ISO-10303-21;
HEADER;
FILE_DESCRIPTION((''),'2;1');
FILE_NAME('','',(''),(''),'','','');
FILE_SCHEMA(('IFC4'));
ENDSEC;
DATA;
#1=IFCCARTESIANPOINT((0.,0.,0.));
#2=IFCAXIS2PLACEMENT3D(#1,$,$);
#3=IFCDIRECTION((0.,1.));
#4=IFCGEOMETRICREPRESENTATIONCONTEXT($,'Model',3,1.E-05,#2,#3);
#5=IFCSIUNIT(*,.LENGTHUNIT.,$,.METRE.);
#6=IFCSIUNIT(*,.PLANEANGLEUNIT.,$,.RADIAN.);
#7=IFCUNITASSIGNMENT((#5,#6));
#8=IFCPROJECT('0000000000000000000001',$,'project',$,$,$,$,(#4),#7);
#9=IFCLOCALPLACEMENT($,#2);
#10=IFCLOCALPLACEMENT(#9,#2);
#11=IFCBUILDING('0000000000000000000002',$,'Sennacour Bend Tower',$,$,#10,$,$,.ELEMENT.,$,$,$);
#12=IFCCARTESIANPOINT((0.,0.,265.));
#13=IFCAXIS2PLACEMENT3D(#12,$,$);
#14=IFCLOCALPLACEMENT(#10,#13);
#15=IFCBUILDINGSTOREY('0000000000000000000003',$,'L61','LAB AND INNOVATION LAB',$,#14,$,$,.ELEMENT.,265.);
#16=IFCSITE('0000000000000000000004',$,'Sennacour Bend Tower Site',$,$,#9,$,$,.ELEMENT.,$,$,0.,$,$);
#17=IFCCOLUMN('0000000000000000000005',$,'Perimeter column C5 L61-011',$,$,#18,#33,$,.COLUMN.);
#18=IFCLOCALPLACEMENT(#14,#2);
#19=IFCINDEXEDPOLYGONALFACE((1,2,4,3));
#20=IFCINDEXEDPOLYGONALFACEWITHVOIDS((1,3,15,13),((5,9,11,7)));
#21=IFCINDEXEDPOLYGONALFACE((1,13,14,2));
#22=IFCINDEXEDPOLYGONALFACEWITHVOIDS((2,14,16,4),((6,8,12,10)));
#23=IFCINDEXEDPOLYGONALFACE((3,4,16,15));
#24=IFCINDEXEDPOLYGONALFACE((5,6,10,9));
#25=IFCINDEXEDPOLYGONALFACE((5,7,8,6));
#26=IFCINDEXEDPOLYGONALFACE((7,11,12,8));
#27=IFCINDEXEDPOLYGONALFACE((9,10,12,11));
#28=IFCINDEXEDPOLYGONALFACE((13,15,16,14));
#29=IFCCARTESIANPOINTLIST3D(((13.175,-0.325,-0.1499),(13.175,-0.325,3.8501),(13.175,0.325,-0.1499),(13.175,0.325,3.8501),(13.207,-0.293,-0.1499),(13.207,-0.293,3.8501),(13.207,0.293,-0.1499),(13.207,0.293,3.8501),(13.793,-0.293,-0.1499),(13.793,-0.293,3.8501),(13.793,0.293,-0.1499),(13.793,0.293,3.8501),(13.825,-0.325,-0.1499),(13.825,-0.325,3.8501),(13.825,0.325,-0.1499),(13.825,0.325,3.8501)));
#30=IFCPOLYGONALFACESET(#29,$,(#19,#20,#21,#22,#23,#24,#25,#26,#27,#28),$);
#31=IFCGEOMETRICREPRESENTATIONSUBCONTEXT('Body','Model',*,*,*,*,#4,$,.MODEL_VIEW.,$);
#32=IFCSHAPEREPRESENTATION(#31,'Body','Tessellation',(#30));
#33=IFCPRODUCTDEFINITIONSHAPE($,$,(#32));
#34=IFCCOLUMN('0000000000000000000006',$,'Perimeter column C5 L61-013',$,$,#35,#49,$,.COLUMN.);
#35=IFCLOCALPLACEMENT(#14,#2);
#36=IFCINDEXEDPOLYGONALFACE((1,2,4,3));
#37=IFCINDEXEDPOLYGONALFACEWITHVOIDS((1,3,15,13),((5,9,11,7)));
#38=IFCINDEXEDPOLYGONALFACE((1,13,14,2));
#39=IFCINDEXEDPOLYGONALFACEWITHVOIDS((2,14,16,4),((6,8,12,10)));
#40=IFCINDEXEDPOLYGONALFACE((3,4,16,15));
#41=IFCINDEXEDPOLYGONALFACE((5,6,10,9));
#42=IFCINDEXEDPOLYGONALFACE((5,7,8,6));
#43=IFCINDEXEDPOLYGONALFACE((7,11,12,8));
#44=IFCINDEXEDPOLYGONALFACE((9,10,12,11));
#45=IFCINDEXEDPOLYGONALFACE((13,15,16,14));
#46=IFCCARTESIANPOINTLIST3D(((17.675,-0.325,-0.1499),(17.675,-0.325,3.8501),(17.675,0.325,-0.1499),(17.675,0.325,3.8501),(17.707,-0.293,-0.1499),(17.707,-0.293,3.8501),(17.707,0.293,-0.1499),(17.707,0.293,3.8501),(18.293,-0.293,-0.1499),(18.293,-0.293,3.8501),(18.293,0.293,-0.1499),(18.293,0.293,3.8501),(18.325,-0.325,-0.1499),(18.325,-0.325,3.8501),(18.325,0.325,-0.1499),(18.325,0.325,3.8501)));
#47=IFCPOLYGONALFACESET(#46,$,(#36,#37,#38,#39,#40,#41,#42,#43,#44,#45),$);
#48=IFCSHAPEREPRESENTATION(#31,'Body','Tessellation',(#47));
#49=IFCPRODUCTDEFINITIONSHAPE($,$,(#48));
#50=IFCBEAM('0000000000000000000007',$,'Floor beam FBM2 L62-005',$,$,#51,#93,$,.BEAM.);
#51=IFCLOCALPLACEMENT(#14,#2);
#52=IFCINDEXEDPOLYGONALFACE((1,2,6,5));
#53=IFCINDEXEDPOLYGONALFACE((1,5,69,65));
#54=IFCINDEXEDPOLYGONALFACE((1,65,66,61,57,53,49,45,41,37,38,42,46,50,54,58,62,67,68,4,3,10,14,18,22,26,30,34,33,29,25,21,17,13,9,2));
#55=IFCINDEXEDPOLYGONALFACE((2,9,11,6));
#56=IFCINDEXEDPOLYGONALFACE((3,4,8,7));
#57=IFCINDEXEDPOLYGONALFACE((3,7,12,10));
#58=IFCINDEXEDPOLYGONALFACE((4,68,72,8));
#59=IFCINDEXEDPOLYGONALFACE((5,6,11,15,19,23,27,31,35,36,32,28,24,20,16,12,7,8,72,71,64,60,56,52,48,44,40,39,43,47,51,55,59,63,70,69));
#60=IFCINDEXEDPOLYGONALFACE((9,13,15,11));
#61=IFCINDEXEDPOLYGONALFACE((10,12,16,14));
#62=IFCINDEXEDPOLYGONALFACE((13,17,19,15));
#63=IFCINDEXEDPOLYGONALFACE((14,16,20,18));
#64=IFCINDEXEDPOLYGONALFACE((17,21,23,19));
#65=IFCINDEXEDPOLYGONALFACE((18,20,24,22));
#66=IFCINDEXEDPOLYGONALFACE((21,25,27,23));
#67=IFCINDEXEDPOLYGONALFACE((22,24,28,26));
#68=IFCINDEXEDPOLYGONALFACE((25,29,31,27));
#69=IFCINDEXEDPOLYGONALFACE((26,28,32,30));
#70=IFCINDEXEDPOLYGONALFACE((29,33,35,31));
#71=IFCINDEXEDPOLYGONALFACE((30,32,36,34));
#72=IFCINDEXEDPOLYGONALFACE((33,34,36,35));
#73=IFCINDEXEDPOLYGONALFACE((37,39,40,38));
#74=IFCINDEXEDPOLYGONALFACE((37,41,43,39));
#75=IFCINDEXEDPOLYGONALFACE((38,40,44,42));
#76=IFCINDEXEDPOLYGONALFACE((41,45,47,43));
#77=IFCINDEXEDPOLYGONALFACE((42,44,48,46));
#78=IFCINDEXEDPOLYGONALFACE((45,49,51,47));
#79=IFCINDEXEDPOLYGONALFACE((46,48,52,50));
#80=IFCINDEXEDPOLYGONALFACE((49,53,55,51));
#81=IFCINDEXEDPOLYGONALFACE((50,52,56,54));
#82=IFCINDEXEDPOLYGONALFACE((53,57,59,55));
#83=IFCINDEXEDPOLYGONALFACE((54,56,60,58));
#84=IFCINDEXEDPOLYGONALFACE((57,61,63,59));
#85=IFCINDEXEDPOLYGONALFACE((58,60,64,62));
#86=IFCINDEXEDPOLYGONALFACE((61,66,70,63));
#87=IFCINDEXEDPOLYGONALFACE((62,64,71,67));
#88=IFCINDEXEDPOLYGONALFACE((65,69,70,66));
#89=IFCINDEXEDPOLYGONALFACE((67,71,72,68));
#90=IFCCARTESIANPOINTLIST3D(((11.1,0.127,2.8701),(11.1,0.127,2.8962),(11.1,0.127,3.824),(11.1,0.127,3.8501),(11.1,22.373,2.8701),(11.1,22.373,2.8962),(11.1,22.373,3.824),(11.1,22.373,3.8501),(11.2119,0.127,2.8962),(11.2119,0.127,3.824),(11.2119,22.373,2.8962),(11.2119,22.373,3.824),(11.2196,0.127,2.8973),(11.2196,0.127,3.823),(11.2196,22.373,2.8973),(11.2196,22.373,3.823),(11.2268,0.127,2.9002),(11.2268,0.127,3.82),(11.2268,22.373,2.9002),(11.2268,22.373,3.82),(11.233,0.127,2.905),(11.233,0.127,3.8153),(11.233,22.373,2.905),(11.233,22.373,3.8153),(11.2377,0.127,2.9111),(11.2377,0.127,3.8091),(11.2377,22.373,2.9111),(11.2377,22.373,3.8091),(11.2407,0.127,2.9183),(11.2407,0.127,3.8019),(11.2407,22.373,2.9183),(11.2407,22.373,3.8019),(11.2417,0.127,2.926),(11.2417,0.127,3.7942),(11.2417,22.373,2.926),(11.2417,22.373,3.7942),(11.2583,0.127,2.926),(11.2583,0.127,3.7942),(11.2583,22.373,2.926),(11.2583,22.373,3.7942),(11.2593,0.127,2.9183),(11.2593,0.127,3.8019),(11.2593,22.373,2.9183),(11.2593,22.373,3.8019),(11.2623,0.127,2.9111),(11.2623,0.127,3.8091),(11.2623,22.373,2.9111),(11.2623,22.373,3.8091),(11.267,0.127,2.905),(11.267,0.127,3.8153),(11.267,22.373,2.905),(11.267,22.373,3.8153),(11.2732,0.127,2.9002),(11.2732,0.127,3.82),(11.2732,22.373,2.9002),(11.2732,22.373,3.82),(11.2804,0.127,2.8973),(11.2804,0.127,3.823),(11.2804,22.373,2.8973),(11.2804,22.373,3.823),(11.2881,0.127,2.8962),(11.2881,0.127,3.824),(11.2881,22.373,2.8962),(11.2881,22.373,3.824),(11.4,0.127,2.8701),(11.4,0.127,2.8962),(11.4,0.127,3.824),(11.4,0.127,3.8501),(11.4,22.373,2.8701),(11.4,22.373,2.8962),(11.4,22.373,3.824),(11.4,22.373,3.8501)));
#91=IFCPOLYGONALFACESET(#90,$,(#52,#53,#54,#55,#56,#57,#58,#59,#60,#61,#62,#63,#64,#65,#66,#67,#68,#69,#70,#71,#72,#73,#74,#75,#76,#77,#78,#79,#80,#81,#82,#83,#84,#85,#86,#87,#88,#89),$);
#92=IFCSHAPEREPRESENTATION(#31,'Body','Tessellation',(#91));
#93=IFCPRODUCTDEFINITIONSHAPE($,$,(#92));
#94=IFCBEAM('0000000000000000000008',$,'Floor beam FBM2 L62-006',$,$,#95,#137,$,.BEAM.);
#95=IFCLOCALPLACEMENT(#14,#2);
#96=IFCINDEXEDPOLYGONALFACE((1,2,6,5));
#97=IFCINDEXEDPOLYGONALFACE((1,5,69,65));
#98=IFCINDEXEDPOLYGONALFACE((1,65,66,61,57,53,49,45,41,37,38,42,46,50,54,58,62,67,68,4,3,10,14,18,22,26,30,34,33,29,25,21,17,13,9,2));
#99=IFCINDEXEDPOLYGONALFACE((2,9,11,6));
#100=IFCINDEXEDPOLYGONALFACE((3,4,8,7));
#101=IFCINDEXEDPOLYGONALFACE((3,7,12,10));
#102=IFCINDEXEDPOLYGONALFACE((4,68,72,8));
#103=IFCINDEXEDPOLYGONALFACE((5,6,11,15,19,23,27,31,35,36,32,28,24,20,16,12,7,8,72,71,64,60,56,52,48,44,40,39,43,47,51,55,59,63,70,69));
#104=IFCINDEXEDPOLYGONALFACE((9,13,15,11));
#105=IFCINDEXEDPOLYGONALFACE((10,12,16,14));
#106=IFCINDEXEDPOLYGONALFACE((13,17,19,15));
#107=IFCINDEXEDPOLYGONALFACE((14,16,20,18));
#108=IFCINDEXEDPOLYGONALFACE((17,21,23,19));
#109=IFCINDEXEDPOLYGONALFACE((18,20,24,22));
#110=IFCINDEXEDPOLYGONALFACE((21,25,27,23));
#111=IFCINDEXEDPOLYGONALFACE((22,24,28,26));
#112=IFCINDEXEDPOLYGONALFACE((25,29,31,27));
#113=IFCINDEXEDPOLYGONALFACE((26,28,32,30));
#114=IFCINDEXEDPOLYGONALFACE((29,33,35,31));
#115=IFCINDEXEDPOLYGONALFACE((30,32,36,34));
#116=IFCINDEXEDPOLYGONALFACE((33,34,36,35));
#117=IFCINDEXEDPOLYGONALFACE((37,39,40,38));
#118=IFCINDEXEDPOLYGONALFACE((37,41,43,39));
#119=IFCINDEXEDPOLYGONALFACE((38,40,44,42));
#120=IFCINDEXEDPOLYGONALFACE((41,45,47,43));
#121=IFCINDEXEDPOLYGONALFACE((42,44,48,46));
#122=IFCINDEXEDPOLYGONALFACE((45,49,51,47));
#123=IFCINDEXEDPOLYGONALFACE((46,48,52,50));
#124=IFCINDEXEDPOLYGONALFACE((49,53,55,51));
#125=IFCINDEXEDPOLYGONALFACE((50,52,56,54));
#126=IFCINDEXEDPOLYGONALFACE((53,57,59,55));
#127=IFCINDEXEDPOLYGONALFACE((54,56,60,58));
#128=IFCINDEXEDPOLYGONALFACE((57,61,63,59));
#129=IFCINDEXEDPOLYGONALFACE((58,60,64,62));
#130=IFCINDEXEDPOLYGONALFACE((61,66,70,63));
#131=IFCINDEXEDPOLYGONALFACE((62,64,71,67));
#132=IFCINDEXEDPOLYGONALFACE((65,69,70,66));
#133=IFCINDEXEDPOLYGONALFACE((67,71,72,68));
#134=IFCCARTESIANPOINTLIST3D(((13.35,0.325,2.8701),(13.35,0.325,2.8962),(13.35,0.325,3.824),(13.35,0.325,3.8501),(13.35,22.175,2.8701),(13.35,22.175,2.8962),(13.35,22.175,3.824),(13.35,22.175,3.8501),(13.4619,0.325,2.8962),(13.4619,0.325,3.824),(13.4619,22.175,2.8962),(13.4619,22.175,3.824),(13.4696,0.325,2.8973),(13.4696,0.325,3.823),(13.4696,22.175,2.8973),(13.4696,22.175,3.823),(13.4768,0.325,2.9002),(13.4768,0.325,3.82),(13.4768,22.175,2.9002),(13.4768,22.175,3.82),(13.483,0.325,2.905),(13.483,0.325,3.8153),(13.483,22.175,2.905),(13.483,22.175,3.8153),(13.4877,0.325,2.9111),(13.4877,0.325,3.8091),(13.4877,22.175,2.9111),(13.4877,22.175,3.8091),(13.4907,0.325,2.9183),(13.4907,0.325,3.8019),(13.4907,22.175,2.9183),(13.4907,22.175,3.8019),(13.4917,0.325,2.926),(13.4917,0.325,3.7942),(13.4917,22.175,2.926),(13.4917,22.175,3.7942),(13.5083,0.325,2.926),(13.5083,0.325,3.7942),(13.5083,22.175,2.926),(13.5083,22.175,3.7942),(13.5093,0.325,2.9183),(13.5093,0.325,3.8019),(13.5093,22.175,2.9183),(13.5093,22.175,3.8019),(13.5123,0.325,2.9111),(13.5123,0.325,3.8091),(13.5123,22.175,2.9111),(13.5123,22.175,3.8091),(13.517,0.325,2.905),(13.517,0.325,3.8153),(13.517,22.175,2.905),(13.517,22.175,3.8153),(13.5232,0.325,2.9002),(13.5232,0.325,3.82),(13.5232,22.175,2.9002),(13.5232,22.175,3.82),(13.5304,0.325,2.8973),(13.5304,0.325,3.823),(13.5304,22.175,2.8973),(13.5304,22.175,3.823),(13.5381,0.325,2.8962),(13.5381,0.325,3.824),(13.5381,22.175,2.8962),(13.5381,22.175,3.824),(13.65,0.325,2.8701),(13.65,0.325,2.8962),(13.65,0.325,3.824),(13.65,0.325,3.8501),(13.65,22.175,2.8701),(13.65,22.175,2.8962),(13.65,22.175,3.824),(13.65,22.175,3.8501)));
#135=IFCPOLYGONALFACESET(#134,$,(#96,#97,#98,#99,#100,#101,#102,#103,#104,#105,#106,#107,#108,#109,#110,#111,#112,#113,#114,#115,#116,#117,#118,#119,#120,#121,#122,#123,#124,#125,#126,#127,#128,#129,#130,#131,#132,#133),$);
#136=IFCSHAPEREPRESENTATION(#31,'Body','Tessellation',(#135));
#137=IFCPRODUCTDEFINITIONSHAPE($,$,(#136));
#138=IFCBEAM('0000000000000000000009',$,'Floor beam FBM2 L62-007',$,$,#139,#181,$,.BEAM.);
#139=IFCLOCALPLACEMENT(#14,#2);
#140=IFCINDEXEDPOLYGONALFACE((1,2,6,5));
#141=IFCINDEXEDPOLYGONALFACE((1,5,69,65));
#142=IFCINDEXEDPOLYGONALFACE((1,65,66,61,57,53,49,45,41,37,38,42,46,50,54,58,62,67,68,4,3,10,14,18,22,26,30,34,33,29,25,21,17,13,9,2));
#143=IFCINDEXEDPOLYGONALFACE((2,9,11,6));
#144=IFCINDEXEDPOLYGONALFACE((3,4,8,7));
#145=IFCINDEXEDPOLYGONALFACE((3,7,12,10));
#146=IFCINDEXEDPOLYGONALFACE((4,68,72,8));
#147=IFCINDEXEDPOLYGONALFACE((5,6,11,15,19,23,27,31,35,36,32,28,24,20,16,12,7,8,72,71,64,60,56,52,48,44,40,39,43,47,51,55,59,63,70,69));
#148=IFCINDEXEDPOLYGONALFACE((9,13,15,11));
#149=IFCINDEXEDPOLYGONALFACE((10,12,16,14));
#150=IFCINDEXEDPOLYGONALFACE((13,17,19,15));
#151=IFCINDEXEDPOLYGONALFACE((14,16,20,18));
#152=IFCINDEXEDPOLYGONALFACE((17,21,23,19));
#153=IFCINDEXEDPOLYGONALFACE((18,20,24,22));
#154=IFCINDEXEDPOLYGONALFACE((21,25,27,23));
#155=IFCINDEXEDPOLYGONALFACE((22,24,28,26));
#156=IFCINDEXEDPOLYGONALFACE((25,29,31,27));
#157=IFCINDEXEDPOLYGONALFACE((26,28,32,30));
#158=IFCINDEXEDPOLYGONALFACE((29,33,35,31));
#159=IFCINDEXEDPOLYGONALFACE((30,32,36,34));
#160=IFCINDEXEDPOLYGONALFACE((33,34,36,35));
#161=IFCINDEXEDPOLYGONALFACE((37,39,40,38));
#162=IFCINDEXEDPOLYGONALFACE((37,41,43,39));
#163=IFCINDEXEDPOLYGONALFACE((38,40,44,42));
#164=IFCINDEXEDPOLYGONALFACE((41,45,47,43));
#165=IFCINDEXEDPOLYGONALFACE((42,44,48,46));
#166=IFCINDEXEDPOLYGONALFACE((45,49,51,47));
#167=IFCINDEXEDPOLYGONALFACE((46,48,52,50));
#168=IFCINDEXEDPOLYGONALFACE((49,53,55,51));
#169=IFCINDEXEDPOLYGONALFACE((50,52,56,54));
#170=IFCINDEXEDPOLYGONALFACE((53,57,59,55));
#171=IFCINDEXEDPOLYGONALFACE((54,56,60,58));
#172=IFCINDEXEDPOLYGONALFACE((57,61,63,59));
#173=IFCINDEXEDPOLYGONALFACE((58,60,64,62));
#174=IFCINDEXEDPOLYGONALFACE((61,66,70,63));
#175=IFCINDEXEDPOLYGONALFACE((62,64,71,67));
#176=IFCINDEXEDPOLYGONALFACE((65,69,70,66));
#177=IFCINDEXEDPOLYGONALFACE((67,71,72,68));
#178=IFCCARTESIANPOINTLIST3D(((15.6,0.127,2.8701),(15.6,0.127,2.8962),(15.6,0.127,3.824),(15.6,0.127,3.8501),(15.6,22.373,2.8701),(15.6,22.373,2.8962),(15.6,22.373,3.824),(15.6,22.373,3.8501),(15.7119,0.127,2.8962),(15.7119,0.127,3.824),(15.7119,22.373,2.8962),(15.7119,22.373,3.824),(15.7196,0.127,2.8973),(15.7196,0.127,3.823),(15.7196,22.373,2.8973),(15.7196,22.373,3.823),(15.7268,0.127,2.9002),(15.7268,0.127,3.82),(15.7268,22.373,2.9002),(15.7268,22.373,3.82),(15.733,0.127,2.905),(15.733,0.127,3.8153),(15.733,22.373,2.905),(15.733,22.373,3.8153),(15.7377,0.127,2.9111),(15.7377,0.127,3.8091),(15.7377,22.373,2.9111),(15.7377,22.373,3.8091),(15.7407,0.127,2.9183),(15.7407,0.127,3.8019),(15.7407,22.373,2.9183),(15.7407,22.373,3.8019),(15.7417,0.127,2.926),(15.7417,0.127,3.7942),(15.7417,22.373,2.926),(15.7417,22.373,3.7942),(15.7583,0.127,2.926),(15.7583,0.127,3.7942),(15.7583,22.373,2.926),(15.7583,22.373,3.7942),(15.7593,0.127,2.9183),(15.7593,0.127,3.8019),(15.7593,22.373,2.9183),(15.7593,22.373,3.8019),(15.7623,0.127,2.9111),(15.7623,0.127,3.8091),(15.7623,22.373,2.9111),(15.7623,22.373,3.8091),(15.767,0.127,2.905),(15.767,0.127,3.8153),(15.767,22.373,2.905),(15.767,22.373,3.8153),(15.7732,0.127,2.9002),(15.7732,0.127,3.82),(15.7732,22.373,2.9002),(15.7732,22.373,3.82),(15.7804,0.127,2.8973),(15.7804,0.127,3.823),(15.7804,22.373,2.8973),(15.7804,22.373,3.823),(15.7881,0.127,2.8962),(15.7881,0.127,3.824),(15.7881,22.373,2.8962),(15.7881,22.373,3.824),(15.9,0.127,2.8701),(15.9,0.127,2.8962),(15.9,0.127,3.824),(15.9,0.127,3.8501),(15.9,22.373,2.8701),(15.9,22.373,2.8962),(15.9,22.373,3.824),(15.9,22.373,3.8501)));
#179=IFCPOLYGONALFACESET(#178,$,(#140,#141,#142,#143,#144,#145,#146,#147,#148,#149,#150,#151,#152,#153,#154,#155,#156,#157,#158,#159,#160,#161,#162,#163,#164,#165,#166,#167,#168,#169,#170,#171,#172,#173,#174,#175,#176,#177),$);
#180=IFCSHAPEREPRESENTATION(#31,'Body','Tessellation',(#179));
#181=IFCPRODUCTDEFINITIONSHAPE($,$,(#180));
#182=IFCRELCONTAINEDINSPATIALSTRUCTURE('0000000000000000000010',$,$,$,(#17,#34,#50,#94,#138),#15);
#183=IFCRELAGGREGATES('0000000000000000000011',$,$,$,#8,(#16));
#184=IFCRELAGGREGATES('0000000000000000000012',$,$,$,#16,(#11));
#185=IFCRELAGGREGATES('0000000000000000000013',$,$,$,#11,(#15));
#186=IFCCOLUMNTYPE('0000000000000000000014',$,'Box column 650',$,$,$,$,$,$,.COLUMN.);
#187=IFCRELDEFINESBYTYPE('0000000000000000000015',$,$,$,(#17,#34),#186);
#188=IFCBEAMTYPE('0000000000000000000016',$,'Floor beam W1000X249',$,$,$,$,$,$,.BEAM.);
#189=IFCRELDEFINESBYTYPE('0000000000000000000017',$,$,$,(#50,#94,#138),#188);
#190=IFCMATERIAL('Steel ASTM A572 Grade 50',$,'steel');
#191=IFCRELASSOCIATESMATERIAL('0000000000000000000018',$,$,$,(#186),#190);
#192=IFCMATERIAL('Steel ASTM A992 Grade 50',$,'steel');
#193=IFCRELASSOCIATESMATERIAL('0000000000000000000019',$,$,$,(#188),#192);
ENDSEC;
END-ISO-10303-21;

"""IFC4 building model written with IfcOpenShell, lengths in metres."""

from ifc_helpers import new_model, si_unit, direction, frame, origin, origin_2d, place, context, subcontext, project, spatial, hollow_rectangle, i_section, extrude, material, material_profile, profile_set, type_object, element, save


model = new_model("IFC4")

# Units and contexts
model_context = context("Model", 3, precision=1e-05, world=origin(), true_north=direction((0.0, 1.0)))
body_context = subcontext(model_context, "Body", "Model", "MODEL_VIEW")
ifc_project = project(units=[si_unit("LENGTHUNIT", "METRE"), si_unit("PLANEANGLEUNIT", "RADIAN")], contexts=[model_context])

# Site, building, storey
site_placement = place(None, origin())
site = spatial("IfcSite", under=ifc_project, at=site_placement, Name="Sennacour Bend Tower Site", CompositionType="ELEMENT", RefElevation=0.0)
building_placement = place(site_placement, origin())
building = spatial("IfcBuilding", under=site, at=building_placement, Name="Sennacour Bend Tower", CompositionType="ELEMENT")
storey_placement = place(building_placement, frame((0.0, 0.0, 265.0)))
storey = spatial("IfcBuildingStorey", under=building, at=storey_placement, Name="L61", Description="LAB AND INNOVATION LAB", CompositionType="ELEMENT", Elevation=265.0)

# Columns
ifc_material_1 = material(Name="Steel ASTM A572 Grade 50", Category="steel")
ifc_material_profile_1 = material_profile(ifc_material_1, hollow_rectangle(XDim=0.6499, YDim=0.6499, WallThickness=0.032, at=origin_2d()), Name="Steel ASTM A572 Grade 50", Category="steel")
ifc_profile_set_1 = profile_set([ifc_material_profile_1], Name="Steel ASTM A572 Grade 50")
column_type = type_object("IfcColumnType", Name="Box column 650", PredefinedType="COLUMN", material=ifc_profile_set_1)
for number, where, z_axis, x_axis, name in (
    (1, (13.5, 0.0, -0.1499), (0.0, 0.0, 1.0), (1.0, 0.0, 0.0), "Perimeter column C5 L61-011"),
    (2, (18.0, 0.0, -0.1499), (0.0, 0.0, 1.0), (1.0, 0.0, 0.0), "Perimeter column C5 L61-013"),
):
    element("IfcColumn", number, at=place(storey_placement, frame(where, z_axis=z_axis, x_axis=x_axis)), inside=storey, type_object=column_type, Name=name, PredefinedType="COLUMN", context=body_context, shape_type="SweptSolid", body=[
        extrude(hollow_rectangle(XDim=0.6499, YDim=0.6499, WallThickness=0.032, at=origin_2d()), origin(), (0.0, 0.0, 1.0), 4.0),
    ])

# Beams
ifc_material_2 = material(Name="Steel ASTM A992 Grade 50", Category="steel")
ifc_material_profile_2 = material_profile(ifc_material_2, i_section(OverallWidth=0.3, OverallDepth=0.98, WebThickness=0.0166, FlangeThickness=0.0261, FilletRadius=0.0298, at=origin_2d()), Name="Steel ASTM A992 Grade 50", Category="steel")
ifc_profile_set_2 = profile_set([ifc_material_profile_2], Name="Steel ASTM A992 Grade 50")
beam_type_1 = type_object("IfcBeamType", Name="Floor beam W1000X249", PredefinedType="BEAM", material=ifc_profile_set_2)
beam_1_placement = place(storey_placement, frame((11.25, 0.127, 3.3601), z_axis=(0.0, 1.0, 0.0), x_axis=(-1.0, 0.0, 0.0)))
element("IfcBeam", 3, at=beam_1_placement, inside=storey, type_object=beam_type_1, Name="Floor beam FBM2 L62-005", PredefinedType="BEAM", context=body_context, shape_type="SweptSolid", body=[
    extrude(i_section(OverallWidth=0.3, OverallDepth=0.98, WebThickness=0.0166, FlangeThickness=0.0261, FilletRadius=0.0298, at=origin_2d()), origin(), (0.0, 0.0, 1.0), 22.2461),
])
beam_2_placement = place(storey_placement, frame((13.5, 0.325, 3.3601), z_axis=(0.0, 1.0, 0.0), x_axis=(-1.0, 0.0, 0.0)))
element("IfcBeam", 4, at=beam_2_placement, inside=storey, type_object=beam_type_1, Name="Floor beam FBM2 L62-006", PredefinedType="BEAM", context=body_context, shape_type="SweptSolid", body=[
    extrude(i_section(OverallWidth=0.3, OverallDepth=0.98, WebThickness=0.0166, FlangeThickness=0.0261, FilletRadius=0.0298, at=origin_2d()), origin(), (0.0, 0.0, 1.0), 21.8501),
])
beam_3_placement = place(storey_placement, frame((15.75, 0.127, 3.3601), z_axis=(0.0, 1.0, 0.0), x_axis=(-1.0, 0.0, 0.0)))
element("IfcBeam", 5, at=beam_3_placement, inside=storey, type_object=beam_type_1, Name="Floor beam FBM2 L62-007", PredefinedType="BEAM", context=body_context, shape_type="SweptSolid", body=[
    extrude(i_section(OverallWidth=0.3, OverallDepth=0.98, WebThickness=0.0166, FlangeThickness=0.0261, FilletRadius=0.0298, at=origin_2d()), origin(), (0.0, 0.0, 1.0), 22.2461),
])

save(model, "model.ifc")
